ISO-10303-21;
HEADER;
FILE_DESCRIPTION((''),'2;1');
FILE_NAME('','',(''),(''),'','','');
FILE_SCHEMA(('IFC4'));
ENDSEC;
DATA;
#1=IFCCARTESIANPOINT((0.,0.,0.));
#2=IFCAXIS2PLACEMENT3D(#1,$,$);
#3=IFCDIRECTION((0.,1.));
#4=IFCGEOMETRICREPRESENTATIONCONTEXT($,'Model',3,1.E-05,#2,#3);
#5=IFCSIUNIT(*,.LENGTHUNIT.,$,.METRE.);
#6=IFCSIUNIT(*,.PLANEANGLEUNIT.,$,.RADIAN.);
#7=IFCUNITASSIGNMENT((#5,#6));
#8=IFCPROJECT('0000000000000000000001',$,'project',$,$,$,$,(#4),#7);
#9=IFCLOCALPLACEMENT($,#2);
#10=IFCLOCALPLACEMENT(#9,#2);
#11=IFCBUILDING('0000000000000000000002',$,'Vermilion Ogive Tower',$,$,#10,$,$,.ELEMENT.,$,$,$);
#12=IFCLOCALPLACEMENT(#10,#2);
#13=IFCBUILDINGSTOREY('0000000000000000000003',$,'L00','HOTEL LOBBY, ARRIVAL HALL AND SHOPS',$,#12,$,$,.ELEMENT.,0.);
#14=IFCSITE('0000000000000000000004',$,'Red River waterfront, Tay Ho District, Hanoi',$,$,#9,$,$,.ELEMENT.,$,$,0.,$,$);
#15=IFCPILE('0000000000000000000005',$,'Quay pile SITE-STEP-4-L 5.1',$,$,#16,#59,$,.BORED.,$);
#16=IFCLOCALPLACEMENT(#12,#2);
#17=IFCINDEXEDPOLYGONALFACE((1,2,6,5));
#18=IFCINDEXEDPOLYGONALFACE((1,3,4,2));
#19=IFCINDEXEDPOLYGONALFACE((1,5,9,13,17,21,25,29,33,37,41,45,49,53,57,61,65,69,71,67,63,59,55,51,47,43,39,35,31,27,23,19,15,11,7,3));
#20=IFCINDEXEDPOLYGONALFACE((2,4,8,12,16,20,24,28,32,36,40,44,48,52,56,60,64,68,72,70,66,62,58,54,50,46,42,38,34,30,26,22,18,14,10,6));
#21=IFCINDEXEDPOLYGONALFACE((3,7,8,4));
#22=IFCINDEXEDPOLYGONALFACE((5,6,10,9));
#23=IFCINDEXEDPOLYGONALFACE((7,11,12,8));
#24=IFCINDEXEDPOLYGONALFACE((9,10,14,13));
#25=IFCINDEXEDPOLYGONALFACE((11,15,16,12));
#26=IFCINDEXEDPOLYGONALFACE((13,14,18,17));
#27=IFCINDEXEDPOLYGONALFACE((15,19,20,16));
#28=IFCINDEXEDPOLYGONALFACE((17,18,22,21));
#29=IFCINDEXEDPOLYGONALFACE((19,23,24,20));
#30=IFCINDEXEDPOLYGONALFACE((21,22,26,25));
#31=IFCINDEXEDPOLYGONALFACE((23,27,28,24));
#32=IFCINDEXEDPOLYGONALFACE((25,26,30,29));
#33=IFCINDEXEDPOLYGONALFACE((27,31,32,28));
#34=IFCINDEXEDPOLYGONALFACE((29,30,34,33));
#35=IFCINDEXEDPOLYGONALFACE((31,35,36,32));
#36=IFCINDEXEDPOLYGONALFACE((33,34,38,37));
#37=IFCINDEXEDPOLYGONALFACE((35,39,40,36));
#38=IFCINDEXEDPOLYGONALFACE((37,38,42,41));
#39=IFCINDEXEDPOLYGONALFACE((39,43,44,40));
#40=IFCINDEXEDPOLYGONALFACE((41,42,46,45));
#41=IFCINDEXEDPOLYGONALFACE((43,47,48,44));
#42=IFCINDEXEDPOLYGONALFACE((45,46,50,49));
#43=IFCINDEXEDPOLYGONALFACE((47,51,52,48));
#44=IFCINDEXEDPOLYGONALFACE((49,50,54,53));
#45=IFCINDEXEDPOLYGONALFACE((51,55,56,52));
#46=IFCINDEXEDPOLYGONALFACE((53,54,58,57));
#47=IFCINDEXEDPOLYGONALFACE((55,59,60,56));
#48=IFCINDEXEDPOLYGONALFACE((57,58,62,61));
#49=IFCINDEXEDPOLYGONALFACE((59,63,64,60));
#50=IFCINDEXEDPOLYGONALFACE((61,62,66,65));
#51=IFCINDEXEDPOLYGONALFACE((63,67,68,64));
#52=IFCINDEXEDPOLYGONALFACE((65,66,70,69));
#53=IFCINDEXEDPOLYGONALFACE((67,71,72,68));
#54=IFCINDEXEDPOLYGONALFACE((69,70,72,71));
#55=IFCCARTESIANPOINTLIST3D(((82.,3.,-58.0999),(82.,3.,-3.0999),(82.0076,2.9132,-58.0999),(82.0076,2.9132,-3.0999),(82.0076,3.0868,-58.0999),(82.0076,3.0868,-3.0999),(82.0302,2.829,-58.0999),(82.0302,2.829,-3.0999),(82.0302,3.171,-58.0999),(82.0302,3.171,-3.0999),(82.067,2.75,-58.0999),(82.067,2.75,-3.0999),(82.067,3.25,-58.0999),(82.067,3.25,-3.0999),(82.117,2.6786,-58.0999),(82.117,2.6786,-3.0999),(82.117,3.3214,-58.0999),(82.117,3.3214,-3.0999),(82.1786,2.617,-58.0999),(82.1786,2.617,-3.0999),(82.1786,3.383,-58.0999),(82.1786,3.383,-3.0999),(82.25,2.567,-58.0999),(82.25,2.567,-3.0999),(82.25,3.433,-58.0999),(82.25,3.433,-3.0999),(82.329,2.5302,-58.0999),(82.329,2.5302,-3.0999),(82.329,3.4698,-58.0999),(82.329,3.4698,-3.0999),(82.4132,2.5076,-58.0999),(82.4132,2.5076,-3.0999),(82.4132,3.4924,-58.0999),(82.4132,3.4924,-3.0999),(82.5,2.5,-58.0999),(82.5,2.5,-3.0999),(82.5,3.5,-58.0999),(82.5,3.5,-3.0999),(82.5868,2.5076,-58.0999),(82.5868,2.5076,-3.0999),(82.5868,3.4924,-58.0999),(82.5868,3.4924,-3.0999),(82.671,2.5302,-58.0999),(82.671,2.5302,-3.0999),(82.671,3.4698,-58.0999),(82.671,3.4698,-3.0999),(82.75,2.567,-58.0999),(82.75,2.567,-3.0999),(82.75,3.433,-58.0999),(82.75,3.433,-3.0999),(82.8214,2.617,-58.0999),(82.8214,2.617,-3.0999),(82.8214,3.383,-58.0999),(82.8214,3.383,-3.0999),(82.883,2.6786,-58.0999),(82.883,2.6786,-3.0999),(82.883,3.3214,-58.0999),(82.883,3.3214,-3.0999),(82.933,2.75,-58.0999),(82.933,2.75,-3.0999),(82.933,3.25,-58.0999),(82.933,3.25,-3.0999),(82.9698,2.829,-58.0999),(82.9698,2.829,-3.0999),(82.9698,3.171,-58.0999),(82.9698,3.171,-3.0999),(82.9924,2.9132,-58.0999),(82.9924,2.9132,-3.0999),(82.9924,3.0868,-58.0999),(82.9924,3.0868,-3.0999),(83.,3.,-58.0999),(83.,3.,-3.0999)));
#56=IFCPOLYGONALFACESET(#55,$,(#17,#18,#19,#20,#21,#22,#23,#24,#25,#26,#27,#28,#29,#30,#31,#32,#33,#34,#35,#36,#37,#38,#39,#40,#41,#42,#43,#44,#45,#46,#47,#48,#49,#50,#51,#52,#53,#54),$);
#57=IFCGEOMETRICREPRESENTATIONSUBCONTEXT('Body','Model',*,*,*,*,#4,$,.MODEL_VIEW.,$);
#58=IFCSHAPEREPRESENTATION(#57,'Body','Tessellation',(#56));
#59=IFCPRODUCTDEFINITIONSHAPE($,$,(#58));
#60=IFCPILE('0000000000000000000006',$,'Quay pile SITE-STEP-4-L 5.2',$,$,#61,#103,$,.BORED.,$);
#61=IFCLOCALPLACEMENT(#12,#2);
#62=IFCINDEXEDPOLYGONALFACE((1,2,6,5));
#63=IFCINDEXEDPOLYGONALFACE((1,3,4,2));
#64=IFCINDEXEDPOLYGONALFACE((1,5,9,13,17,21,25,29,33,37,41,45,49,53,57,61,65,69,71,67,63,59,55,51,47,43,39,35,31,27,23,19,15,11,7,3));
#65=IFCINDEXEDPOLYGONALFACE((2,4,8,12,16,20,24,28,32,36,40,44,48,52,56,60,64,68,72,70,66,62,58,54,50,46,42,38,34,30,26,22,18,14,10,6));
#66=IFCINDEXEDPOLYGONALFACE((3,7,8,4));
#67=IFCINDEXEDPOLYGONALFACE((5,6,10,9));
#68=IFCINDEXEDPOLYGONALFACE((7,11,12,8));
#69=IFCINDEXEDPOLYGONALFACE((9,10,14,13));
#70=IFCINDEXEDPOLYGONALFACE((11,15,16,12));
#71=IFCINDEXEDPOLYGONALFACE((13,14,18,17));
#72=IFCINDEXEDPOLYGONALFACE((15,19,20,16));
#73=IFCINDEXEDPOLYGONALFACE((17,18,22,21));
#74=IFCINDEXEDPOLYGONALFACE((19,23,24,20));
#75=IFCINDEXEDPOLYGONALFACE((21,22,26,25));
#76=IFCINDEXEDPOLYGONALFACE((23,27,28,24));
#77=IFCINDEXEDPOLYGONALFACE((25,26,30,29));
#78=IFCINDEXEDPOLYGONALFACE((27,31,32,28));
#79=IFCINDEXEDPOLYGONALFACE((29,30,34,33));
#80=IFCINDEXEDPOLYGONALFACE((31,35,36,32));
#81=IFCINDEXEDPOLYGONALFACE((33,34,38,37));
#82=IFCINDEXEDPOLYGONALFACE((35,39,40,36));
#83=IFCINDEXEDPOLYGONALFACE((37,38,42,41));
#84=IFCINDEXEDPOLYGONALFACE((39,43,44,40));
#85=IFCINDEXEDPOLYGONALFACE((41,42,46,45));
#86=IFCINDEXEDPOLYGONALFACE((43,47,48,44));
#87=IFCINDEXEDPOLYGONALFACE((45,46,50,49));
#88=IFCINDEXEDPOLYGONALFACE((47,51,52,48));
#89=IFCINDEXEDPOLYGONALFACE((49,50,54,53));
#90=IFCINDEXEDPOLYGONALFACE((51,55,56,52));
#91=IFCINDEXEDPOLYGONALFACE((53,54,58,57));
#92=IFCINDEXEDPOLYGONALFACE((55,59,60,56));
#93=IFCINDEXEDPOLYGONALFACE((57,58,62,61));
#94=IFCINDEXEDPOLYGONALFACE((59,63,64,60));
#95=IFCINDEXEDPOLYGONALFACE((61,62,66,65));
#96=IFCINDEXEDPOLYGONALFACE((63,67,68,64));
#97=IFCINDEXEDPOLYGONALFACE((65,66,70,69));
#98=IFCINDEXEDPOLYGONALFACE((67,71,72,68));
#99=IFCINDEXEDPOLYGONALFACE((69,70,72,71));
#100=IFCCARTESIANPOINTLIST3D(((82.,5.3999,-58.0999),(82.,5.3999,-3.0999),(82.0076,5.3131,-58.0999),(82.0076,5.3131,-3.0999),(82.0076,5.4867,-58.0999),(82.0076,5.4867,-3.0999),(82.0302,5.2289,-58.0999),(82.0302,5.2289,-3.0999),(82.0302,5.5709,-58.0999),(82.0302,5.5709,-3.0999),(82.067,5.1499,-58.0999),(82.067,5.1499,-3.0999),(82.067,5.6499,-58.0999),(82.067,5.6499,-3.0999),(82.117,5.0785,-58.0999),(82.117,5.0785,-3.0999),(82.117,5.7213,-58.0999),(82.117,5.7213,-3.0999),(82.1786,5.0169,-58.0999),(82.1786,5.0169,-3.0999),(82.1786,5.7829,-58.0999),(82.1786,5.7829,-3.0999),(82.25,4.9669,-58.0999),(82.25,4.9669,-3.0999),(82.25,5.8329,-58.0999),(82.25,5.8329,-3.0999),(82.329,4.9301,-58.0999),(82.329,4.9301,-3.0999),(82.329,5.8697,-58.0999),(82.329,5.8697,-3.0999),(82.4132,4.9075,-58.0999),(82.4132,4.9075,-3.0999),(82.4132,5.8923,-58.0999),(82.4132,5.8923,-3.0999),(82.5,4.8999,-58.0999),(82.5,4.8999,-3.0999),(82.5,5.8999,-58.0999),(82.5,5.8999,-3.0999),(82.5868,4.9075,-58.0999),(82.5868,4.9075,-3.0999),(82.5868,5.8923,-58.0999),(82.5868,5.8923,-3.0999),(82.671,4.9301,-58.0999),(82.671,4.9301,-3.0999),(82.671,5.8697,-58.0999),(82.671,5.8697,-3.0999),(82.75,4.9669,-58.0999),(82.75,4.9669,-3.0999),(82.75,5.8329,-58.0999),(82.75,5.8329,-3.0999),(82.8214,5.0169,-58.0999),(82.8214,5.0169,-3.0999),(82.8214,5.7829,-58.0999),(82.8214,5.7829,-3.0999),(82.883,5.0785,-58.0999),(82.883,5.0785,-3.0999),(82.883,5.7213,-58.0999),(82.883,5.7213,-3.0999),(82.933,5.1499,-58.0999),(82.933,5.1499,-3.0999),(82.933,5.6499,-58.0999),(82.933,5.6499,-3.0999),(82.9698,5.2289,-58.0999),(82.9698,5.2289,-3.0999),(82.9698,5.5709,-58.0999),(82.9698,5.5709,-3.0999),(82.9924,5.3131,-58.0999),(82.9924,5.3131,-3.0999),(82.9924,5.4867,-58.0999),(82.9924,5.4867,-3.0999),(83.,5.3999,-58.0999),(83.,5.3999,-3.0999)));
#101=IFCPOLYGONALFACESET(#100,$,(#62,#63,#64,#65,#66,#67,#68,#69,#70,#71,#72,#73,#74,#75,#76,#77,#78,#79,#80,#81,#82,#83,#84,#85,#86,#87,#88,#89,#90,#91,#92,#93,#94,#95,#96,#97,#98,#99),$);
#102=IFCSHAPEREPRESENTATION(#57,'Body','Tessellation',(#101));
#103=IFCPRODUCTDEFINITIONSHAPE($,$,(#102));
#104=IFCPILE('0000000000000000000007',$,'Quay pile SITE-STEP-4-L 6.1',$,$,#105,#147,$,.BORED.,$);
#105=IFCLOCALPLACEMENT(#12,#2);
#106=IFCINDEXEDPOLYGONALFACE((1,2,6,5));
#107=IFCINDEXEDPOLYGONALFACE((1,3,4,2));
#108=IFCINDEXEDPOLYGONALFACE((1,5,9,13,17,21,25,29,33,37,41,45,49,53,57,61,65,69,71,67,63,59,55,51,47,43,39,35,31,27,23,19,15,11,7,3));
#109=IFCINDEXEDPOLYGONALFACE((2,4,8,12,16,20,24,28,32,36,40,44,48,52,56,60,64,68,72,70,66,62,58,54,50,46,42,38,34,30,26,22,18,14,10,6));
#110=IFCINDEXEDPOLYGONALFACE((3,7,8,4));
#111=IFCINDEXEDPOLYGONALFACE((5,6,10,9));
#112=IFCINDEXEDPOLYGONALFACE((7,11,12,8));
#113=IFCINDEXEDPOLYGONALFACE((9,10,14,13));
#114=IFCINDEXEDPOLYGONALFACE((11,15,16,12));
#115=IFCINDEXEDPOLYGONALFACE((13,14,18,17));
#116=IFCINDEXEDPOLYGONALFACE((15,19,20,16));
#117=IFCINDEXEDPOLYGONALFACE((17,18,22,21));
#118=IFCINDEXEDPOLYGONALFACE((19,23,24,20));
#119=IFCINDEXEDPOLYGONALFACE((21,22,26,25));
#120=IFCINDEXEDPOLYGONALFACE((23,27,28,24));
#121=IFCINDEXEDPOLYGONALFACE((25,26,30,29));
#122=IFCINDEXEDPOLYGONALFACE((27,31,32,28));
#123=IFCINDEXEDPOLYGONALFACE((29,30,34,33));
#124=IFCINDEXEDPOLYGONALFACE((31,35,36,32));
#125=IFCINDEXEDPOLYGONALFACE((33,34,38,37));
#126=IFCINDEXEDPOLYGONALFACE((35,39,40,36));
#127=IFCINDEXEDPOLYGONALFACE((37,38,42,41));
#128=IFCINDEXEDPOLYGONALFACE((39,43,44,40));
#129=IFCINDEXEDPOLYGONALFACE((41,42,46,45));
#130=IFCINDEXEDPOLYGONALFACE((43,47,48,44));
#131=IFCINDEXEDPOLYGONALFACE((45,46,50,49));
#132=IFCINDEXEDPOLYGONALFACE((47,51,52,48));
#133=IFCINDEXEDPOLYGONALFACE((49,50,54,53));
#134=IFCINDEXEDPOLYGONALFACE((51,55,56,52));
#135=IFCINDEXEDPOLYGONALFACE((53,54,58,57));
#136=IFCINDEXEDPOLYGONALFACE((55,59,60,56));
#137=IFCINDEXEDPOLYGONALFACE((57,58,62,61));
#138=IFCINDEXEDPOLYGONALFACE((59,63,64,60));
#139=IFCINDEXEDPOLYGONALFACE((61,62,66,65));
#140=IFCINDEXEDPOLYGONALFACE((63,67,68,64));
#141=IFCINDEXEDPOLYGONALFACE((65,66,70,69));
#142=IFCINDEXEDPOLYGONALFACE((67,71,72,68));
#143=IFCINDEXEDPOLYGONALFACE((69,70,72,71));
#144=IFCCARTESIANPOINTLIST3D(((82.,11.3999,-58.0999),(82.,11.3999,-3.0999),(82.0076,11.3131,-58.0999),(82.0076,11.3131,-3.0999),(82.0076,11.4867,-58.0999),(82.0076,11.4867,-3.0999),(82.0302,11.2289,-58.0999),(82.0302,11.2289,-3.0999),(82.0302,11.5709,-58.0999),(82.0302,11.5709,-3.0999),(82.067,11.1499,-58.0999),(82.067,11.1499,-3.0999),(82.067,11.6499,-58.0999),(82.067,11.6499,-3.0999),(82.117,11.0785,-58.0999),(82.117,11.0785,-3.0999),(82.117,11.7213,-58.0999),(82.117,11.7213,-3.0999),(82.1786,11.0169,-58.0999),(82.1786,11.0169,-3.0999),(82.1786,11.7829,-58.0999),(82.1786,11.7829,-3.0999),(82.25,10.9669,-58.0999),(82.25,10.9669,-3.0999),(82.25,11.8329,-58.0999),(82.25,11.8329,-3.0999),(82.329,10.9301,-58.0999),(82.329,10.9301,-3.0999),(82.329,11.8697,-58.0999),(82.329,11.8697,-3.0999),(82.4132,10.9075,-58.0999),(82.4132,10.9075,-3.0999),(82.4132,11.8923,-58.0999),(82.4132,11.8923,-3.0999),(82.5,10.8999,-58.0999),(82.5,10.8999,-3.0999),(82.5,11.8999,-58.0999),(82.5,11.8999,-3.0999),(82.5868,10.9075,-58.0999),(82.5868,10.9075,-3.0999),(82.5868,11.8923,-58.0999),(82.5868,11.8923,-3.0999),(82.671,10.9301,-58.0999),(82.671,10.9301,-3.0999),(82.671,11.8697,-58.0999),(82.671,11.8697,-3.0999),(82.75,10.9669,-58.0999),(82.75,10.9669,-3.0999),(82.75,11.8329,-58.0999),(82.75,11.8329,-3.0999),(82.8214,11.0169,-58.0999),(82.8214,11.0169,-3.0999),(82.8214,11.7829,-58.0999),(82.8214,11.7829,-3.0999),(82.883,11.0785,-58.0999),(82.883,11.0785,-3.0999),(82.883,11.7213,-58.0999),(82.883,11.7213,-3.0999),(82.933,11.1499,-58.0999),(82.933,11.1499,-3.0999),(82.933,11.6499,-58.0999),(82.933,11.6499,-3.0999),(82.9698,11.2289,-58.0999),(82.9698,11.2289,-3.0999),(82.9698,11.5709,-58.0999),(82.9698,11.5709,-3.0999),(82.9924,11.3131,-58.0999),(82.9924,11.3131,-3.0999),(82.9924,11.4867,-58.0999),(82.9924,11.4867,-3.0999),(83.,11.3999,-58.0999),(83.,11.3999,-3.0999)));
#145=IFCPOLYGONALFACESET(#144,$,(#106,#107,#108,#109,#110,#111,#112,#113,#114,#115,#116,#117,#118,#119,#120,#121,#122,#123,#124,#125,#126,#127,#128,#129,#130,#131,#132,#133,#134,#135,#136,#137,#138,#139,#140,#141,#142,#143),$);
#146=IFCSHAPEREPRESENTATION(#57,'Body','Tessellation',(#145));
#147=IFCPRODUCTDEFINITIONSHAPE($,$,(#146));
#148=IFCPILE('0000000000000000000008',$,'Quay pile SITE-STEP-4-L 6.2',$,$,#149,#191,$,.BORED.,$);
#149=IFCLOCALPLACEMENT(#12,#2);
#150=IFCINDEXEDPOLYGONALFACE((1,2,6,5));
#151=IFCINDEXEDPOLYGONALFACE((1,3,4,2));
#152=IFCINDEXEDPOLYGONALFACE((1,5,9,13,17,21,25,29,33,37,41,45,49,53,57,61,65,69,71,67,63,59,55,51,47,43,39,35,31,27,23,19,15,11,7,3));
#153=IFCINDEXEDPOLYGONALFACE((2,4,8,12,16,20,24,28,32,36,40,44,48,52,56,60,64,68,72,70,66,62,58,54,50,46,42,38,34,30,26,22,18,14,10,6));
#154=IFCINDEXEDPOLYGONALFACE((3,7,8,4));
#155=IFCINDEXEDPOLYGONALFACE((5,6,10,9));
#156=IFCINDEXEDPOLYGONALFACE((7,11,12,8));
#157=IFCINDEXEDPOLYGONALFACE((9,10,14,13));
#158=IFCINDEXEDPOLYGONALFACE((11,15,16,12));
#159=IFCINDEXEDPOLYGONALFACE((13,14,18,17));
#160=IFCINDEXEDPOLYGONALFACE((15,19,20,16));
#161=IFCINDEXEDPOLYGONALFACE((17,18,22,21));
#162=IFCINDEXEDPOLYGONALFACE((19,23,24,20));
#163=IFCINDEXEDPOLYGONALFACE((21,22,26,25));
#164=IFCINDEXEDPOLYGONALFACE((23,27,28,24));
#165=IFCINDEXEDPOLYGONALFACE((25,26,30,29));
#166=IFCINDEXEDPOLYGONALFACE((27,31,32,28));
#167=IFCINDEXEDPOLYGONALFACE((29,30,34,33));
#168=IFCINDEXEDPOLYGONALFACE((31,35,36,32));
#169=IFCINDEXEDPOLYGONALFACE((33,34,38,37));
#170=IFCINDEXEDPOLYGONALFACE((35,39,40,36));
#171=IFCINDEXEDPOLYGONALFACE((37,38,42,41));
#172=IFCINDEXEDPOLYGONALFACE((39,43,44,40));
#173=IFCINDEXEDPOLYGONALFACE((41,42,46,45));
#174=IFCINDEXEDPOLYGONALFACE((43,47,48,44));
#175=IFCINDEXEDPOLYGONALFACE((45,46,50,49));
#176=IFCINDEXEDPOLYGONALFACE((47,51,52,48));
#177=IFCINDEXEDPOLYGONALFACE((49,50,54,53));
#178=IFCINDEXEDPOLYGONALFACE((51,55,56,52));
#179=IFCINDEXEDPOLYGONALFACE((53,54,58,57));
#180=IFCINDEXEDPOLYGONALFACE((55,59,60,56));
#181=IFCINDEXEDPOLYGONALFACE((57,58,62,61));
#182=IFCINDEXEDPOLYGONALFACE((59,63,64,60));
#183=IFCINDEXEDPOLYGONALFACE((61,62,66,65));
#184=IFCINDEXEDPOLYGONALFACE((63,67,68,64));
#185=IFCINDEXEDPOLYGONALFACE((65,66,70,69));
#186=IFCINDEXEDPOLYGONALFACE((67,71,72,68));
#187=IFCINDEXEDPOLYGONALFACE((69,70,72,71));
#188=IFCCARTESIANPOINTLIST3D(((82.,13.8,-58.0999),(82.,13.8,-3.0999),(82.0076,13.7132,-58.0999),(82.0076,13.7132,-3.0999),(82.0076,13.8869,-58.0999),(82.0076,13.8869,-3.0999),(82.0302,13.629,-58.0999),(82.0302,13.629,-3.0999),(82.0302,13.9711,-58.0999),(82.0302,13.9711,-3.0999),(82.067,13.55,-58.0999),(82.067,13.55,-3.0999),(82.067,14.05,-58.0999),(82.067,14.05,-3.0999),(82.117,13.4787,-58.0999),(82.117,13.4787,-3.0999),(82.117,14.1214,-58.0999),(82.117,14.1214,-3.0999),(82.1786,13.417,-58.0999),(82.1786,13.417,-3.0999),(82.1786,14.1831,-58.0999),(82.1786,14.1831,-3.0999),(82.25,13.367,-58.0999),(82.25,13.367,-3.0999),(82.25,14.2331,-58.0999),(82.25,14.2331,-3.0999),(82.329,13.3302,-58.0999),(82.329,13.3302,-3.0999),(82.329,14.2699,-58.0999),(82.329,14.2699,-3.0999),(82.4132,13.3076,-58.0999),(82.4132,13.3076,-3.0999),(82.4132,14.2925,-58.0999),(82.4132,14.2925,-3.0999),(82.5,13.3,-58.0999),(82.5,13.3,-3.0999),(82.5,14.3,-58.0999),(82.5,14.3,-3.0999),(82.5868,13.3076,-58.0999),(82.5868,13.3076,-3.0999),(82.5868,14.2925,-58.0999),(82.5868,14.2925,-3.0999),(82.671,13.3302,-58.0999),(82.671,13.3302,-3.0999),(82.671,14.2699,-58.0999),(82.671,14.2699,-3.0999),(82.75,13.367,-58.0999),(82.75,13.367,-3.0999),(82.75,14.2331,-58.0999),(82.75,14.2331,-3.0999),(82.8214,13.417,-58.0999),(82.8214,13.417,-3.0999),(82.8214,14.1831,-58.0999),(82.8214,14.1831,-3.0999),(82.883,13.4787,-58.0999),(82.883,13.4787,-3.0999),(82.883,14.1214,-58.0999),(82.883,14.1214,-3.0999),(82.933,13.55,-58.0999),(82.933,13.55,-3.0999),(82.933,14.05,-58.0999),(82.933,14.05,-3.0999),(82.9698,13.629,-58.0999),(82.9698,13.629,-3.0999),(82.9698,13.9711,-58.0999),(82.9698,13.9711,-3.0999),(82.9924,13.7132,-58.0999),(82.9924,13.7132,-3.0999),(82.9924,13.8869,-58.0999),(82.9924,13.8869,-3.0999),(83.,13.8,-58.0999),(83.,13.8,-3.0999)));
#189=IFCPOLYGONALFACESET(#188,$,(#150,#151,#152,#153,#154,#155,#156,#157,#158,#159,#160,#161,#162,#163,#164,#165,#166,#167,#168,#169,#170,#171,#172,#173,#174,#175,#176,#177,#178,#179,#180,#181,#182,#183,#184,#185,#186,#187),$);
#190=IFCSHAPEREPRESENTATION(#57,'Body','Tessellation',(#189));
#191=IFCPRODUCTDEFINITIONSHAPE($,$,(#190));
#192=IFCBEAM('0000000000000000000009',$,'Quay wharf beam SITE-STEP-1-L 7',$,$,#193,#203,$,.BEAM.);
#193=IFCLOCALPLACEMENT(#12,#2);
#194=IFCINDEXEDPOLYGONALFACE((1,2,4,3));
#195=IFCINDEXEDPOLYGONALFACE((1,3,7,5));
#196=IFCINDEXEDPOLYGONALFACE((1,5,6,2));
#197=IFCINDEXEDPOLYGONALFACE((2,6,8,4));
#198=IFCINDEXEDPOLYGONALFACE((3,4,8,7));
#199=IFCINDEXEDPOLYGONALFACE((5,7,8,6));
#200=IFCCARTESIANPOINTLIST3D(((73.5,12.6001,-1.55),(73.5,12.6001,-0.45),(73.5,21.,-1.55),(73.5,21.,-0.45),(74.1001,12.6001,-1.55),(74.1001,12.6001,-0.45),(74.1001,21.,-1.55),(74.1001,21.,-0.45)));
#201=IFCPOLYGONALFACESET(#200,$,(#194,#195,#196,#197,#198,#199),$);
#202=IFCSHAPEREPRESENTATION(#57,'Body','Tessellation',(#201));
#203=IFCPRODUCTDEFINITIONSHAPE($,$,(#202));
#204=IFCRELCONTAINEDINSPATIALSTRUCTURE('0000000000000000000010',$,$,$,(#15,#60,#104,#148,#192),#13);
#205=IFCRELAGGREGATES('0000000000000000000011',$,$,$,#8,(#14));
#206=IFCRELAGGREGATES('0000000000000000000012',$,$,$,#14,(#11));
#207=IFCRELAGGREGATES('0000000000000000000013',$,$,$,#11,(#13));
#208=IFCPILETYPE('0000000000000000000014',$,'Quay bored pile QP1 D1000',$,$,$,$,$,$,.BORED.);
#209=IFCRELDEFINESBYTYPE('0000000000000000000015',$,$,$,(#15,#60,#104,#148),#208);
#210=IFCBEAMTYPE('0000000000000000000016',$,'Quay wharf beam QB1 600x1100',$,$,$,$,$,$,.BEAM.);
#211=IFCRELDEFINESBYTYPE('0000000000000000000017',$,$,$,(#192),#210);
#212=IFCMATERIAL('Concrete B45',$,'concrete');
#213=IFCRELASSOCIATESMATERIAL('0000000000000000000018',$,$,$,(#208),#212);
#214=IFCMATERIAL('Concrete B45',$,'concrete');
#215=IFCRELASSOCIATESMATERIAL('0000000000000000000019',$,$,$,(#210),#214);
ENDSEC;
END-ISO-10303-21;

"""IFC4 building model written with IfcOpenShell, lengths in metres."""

from ifc_helpers import new_model, si_unit, direction, frame, origin, origin_2d, place, context, subcontext, project, spatial, rectangle, circle, extrude, material, material_profile, profile_set, type_object, element, save


model = new_model("IFC4")

# Units and contexts
model_context = context("Model", 3, precision=1e-05, world=origin(), true_north=direction((0.0, 1.0)))
body_context = subcontext(model_context, "Body", "Model", "MODEL_VIEW")
ifc_project = project(units=[si_unit("LENGTHUNIT", "METRE"), si_unit("PLANEANGLEUNIT", "RADIAN")], contexts=[model_context])

# Site, building, storey
site_placement = place(None, origin())
site = spatial("IfcSite", under=ifc_project, at=site_placement, Name="Red River waterfront, Tay Ho District, Hanoi", CompositionType="ELEMENT", RefElevation=0.0)
building_placement = place(site_placement, origin())
building = spatial("IfcBuilding", under=site, at=building_placement, Name="Vermilion Ogive Tower", CompositionType="ELEMENT")
storey_placement = place(building_placement, origin())
storey = spatial("IfcBuildingStorey", under=building, at=storey_placement, Name="L00", Description="HOTEL LOBBY, ARRIVAL HALL AND SHOPS", CompositionType="ELEMENT", Elevation=0.0)

# Piles
ifc_material_1 = material(Name="Concrete B45", Category="concrete")
pile_type = type_object("IfcPileType", Name="Quay bored pile QP1 D1000", PredefinedType="BORED", material=ifc_material_1)
for number, where, z_axis, x_axis, name in (
    (1, (82.5, 3.0, -3.0999), (0.0, 0.0, -1.0), (1.0, 0.0, 0.0), "Quay pile SITE-STEP-4-L 5.1"),
    (2, (82.5, 5.3999, -3.0999), (0.0, 0.0, -1.0), (1.0, 0.0, 0.0), "Quay pile SITE-STEP-4-L 5.2"),
    (3, (82.5, 11.3999, -3.0999), (0.0, 0.0, -1.0), (1.0, 0.0, 0.0), "Quay pile SITE-STEP-4-L 6.1"),
    (4, (82.5, 13.8, -3.0999), (0.0, 0.0, -1.0), (1.0, 0.0, 0.0), "Quay pile SITE-STEP-4-L 6.2"),
):
    element("IfcPile", number, at=place(storey_placement, frame(where, z_axis=z_axis, x_axis=x_axis)), inside=storey, type_object=pile_type, Name=name, PredefinedType="BORED", context=body_context, shape_type="SweptSolid", body=[
        extrude(circle(Radius=0.5, at=origin_2d()), origin(), (0.0, 0.0, 1.0), 55.0),
    ])

# Beam
ifc_material_2 = material(Name="Concrete B45", Category="concrete")
ifc_material_profile = material_profile(ifc_material_2, rectangle(XDim=0.6001, YDim=1.1001, at=origin_2d()), Name="RC 600x1100")
ifc_profile_set = profile_set([ifc_material_profile], Name="Concrete B45")
beam_type = type_object("IfcBeamType", Name="Quay wharf beam QB1 600x1100", PredefinedType="BEAM", material=ifc_profile_set)
beam_1_placement = place(storey_placement, frame((73.8, 12.6001, -1.0), z_axis=(0.0, 1.0, 0.0), x_axis=(-1.0, 0.0, 0.0)))
element("IfcBeam", 5, at=beam_1_placement, inside=storey, type_object=beam_type, Name="Quay wharf beam SITE-STEP-1-L 7", PredefinedType="BEAM", context=body_context, shape_type="SweptSolid", body=[
    extrude(rectangle(XDim=0.6001, YDim=1.1001, at=origin_2d()), origin(), (0.0, 0.0, 1.0), 8.3999),
])

save(model, "model.ifc")
